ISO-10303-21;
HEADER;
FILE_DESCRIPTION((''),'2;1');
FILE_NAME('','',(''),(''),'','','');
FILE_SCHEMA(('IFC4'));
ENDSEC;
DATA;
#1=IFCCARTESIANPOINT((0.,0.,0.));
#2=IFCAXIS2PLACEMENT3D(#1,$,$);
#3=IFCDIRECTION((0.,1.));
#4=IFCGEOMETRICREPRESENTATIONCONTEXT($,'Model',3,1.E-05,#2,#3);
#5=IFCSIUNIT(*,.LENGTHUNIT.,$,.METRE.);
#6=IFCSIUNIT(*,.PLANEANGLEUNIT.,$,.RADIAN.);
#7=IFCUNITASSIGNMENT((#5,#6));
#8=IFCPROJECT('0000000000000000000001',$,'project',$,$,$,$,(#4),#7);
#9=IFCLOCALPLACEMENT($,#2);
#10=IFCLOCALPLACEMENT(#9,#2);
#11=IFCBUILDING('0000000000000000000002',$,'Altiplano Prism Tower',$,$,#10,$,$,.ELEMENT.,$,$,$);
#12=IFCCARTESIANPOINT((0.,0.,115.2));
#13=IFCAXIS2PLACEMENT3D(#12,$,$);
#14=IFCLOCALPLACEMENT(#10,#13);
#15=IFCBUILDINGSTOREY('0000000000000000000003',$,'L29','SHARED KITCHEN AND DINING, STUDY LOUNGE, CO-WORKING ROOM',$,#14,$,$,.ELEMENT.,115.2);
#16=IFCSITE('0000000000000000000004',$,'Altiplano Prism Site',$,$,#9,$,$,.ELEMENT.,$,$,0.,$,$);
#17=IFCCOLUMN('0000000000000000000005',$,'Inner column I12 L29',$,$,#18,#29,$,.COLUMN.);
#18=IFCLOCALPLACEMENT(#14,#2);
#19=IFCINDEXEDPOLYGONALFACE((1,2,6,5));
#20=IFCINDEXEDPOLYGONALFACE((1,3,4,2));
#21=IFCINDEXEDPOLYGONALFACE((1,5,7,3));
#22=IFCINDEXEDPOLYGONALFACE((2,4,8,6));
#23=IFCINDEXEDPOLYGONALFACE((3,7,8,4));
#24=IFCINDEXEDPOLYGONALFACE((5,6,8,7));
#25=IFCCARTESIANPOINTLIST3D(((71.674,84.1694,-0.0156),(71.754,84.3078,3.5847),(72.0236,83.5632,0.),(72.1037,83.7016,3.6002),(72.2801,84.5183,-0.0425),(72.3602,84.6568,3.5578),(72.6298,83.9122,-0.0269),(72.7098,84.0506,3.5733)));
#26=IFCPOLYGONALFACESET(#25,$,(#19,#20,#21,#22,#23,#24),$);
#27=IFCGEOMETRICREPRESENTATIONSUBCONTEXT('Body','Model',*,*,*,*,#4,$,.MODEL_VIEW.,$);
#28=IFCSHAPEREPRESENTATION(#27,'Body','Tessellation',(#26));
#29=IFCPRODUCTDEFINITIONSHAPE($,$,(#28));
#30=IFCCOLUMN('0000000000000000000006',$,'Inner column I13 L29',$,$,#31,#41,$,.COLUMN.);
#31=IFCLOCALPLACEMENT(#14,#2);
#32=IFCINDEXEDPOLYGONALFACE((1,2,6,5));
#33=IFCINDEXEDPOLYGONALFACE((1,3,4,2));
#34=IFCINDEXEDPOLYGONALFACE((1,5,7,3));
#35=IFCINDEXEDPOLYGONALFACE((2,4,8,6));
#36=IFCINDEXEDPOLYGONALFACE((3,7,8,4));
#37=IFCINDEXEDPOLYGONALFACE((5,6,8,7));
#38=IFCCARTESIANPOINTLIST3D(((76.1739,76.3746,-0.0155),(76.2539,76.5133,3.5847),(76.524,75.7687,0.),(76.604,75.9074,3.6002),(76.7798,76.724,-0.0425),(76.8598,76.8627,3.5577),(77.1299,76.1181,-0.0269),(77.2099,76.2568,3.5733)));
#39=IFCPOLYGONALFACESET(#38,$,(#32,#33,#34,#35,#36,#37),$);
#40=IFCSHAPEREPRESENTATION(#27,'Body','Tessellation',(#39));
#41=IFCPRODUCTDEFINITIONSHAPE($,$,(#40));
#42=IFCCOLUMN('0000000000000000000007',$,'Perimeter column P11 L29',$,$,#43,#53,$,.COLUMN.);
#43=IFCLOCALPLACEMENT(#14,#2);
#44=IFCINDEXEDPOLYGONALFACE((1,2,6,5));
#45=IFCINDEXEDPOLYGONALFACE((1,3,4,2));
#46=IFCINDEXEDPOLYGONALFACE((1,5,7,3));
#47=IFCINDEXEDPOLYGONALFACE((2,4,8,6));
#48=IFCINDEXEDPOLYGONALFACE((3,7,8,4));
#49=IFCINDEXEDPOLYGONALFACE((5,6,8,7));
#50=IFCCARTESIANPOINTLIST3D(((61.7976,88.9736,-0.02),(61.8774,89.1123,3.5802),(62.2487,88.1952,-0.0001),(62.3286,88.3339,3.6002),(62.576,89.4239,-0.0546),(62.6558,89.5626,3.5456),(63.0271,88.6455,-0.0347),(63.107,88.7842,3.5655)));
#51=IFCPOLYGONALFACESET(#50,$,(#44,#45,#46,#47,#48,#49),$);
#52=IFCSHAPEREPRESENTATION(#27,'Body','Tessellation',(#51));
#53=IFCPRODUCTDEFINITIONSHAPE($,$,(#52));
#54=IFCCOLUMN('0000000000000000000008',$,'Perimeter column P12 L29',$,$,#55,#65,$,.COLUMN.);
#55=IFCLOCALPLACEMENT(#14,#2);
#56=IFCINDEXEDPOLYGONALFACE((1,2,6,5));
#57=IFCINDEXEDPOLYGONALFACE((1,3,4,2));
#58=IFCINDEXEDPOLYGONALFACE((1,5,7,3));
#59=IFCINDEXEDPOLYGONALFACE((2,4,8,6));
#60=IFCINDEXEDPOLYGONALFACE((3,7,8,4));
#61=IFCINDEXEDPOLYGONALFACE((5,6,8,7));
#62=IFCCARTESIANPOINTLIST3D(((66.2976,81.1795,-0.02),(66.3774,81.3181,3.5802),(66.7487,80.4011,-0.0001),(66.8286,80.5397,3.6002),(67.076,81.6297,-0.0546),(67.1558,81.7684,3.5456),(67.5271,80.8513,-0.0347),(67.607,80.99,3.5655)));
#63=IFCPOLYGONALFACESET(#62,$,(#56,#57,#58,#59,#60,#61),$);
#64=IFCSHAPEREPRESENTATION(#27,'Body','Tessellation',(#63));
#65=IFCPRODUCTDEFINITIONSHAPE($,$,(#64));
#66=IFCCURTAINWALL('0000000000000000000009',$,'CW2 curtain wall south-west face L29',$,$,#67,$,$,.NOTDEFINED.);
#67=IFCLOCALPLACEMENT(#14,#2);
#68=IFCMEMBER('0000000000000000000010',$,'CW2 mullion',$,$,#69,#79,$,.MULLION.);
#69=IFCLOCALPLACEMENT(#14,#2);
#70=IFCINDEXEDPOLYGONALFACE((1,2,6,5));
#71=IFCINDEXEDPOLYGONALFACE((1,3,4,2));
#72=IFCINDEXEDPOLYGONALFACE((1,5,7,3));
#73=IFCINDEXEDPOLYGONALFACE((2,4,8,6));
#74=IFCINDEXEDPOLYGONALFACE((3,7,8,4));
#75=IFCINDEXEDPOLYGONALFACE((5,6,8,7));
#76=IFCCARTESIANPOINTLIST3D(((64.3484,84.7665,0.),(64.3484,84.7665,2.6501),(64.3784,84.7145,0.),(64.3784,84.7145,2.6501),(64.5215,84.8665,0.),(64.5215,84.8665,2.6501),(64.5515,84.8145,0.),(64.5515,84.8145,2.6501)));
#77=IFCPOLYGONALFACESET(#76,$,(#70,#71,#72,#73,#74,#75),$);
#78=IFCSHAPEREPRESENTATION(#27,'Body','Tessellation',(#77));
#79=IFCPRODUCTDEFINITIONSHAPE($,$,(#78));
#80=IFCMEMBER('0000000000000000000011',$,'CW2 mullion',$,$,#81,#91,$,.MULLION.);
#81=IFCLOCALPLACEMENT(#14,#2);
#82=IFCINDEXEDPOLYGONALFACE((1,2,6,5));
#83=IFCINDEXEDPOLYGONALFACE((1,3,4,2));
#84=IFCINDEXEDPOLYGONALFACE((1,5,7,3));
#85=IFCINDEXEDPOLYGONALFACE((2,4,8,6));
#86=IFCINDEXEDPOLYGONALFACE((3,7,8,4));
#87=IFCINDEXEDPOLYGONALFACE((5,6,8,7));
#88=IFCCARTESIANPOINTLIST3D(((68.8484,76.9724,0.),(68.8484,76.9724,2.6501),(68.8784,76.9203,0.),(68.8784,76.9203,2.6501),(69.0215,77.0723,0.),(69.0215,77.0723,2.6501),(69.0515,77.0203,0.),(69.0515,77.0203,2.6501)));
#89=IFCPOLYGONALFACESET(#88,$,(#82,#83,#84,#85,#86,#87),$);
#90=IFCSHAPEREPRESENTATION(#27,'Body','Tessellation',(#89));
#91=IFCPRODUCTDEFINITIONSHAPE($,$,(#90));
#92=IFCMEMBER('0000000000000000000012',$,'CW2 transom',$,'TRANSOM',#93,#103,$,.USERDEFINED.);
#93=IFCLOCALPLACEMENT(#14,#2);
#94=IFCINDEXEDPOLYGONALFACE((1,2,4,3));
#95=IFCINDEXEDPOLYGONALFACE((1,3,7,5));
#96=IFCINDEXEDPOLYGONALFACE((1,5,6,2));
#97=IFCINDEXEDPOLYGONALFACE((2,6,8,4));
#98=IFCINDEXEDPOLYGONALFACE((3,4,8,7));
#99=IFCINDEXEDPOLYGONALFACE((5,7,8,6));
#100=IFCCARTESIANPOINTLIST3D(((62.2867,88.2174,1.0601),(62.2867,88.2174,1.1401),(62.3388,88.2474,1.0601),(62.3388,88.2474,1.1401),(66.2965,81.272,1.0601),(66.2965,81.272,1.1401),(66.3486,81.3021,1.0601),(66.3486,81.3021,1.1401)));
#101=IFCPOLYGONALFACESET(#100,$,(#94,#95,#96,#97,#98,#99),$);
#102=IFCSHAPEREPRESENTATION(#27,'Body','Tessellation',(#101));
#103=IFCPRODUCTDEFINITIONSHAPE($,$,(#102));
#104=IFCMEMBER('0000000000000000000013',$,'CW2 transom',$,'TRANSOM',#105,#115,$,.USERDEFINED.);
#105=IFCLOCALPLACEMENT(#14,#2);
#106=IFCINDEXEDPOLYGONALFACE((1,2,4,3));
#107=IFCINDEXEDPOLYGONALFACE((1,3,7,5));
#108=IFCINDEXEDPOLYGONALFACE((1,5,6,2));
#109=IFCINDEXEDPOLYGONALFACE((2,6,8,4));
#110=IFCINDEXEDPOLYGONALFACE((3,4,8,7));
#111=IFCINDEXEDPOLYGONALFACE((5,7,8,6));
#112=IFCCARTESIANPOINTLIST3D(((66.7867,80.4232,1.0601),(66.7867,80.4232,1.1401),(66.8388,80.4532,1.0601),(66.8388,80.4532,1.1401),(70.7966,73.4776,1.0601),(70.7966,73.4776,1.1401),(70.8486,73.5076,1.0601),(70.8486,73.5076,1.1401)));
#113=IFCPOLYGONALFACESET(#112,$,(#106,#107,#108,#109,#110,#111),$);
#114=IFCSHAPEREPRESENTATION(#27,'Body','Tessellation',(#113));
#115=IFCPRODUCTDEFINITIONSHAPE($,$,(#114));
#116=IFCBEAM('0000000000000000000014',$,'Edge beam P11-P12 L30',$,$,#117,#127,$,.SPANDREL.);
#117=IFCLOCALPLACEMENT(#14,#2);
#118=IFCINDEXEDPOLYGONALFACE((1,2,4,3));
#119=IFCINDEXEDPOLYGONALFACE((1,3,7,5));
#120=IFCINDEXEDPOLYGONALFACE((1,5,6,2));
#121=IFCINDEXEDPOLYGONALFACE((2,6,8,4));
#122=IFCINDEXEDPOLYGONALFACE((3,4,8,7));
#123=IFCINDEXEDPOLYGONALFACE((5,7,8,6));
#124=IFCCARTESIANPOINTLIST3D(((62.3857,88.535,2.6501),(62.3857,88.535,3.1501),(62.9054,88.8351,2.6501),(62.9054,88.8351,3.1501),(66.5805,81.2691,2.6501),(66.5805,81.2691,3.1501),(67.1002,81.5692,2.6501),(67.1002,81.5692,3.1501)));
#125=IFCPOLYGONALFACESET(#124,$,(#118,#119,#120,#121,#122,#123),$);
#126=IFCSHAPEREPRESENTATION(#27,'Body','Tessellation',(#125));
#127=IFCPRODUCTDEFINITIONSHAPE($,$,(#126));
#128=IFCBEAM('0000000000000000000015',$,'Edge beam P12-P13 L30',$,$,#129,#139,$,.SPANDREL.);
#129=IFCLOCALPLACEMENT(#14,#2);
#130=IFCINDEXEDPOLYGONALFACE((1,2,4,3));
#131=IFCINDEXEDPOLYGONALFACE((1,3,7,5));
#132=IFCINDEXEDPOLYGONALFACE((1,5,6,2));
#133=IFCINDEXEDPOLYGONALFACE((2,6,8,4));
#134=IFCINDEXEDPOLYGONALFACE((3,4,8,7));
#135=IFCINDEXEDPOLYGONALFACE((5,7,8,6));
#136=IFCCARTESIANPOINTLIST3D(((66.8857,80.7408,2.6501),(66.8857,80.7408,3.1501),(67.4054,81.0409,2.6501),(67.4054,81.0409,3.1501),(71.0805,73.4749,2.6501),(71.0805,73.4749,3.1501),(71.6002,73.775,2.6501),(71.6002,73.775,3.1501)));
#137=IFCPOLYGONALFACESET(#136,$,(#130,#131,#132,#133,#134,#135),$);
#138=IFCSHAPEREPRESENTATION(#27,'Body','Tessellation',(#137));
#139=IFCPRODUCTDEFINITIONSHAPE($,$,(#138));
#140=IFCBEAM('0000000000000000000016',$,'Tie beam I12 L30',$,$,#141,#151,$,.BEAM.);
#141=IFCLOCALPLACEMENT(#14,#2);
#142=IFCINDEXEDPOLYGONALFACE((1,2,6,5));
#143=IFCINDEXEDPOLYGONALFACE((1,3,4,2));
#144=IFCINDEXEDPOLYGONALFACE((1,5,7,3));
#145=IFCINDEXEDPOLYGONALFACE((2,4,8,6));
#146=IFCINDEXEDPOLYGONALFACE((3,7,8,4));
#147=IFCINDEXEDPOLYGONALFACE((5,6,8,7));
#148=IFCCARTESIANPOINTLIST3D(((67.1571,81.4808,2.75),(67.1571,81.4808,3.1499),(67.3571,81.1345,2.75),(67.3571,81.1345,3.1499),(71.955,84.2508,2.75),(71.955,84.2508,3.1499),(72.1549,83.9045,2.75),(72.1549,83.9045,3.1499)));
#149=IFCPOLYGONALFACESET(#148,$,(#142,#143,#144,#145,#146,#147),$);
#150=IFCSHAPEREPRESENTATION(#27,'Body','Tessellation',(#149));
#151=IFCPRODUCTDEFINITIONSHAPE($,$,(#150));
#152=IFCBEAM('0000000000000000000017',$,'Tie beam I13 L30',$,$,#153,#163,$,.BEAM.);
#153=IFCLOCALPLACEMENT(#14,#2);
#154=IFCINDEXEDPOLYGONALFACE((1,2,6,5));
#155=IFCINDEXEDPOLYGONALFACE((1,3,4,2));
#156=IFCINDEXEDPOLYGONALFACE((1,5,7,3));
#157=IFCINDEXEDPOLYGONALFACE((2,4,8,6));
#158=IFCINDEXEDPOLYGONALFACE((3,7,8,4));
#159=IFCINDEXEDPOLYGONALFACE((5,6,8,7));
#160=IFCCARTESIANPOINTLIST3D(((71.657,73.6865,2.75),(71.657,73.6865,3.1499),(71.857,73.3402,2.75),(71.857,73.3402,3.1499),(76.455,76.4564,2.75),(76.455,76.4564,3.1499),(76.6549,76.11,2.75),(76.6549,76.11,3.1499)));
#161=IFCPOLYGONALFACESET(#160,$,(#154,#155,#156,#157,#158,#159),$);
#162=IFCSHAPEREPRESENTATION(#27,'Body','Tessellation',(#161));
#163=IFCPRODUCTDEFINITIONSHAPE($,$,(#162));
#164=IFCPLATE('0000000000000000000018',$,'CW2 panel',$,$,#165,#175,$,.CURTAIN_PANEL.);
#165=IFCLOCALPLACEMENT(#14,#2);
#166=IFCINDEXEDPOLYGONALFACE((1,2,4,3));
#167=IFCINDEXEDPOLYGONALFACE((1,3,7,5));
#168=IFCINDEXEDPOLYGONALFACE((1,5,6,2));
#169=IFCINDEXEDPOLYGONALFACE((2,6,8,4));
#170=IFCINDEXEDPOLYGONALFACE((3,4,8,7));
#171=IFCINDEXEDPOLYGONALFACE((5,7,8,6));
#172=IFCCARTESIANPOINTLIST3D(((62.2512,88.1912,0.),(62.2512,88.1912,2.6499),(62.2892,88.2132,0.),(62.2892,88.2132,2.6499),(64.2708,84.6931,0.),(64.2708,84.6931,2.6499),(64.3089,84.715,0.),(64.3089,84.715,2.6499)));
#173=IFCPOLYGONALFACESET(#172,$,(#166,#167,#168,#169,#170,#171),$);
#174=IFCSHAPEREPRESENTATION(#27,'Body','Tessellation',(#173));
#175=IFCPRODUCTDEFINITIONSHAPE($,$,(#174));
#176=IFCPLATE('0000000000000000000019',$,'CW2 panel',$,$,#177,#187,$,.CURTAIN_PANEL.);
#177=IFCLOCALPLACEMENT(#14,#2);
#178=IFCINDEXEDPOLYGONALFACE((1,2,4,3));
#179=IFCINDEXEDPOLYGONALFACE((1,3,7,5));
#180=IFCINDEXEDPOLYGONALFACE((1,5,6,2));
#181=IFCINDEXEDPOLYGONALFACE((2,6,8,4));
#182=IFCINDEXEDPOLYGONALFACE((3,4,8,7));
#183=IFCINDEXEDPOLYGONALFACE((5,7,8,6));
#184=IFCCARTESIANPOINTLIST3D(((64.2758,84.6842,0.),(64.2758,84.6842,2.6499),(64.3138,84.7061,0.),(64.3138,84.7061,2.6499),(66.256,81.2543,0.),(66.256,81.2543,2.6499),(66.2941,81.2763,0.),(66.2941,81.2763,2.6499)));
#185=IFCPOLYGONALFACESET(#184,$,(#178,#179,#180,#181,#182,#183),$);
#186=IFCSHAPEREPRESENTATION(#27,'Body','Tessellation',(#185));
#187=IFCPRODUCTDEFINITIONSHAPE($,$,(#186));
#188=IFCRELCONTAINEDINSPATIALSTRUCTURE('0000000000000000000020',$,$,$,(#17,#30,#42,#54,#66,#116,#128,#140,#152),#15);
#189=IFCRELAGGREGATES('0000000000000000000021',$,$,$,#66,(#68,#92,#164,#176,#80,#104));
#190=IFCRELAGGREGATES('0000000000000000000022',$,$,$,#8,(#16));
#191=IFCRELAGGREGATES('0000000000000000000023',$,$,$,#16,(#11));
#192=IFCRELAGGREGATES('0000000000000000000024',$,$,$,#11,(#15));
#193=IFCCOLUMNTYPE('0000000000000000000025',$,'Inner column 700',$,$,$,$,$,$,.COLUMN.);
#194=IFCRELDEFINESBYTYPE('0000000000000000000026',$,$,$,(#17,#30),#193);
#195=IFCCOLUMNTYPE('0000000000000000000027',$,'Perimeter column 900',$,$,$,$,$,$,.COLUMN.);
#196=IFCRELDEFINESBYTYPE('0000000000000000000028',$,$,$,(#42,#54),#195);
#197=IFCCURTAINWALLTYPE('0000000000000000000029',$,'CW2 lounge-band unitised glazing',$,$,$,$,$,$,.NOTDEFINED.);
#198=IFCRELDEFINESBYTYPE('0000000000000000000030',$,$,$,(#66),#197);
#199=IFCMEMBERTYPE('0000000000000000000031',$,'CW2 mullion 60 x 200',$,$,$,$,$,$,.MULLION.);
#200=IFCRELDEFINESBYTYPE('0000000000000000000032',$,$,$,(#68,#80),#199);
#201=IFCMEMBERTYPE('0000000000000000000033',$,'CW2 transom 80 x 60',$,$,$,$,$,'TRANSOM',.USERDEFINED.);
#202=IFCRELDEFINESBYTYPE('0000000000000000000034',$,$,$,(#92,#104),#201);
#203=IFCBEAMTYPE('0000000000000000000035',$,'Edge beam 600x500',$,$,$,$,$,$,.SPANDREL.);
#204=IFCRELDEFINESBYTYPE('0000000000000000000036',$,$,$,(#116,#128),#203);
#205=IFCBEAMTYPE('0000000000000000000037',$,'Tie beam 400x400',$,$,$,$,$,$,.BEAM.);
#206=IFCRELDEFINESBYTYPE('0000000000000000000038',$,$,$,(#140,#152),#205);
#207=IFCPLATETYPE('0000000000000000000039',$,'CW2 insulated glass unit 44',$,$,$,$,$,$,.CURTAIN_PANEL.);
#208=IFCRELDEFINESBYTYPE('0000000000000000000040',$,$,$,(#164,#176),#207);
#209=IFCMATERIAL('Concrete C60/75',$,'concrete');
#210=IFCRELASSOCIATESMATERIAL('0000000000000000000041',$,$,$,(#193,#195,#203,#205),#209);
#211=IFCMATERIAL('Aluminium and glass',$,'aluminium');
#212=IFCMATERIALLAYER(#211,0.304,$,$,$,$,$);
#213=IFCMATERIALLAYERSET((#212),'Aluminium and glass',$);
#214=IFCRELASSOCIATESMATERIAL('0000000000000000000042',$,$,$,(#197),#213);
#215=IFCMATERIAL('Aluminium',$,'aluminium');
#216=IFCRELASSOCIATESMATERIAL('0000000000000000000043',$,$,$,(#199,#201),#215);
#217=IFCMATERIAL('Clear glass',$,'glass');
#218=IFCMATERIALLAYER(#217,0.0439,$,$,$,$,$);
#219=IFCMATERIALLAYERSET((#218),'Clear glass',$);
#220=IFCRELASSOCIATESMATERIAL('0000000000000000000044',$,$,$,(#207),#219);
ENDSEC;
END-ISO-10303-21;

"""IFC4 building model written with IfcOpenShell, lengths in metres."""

from ifc_helpers import new_model, si_unit, direction, frame, origin, origin_2d, place, context, subcontext, project, spatial, rectangle, extrude, material, layer, layer_set, material_profile, profile_set, type_object, element, aggregate, save


model = new_model("IFC4")

# Units and contexts
model_context = context("Model", 3, precision=1e-05, world=origin(), true_north=direction((0.0, 1.0)))
body_context = subcontext(model_context, "Body", "Model", "MODEL_VIEW")
ifc_project = project(units=[si_unit("LENGTHUNIT", "METRE"), si_unit("PLANEANGLEUNIT", "RADIAN")], contexts=[model_context])

# Site, building, storey
site_placement = place(None, origin())
site = spatial("IfcSite", under=ifc_project, at=site_placement, Name="Altiplano Prism Site", CompositionType="ELEMENT", RefElevation=0.0)
building_placement = place(site_placement, origin())
building = spatial("IfcBuilding", under=site, at=building_placement, Name="Altiplano Prism Tower", CompositionType="ELEMENT")
storey_placement = place(building_placement, frame((0.0, 0.0, 115.2)))
storey = spatial("IfcBuildingStorey", under=building, at=storey_placement, Name="L29", Description="SHARED KITCHEN AND DINING, STUDY LOUNGE, CO-WORKING ROOM", CompositionType="ELEMENT", Elevation=115.2)

# Columns
ifc_material_1 = material(Name="Concrete C60/75", Category="concrete")
ifc_material_profile_1 = material_profile(ifc_material_1, rectangle(XDim=0.7, YDim=0.7, at=origin_2d()), Name="Inner column 700")
ifc_profile_set_1 = profile_set([ifc_material_profile_1], Name="Concrete C60/75")
column_type_1 = type_object("IfcColumnType", Name="Inner column 700", PredefinedType="COLUMN", material=ifc_profile_set_1)
for number, where, z_axis, x_axis, name in (
    (1, (72.1519, 84.0408, -0.0212), (0.022221, 0.038413, 0.999015), (-0.866024, -0.498523, 0.038432), "Inner column I12 L29"),
    (2, (76.6519, 76.2463, -0.0212), (0.022221, 0.038481, 0.999012), (-0.865639, -0.499187, 0.038483), "Inner column I13 L29"),
):
    element("IfcColumn", number, at=place(storey_placement, frame(where, z_axis=z_axis, x_axis=x_axis)), inside=storey, type_object=column_type_1, Name=name, PredefinedType="COLUMN", context=body_context, shape_type="SweptSolid", body=[
        extrude(rectangle(XDim=0.7, YDim=0.7, at=origin_2d()), origin(), (0.0, 0.0, 1.0), 3.6038),
    ])
ifc_material_profile_2 = material_profile(ifc_material_1, rectangle(XDim=0.8999, YDim=0.8999, at=origin_2d()), Name="Perimeter column 900")
ifc_profile_set_2 = profile_set([ifc_material_profile_2], Name="Concrete C60/75")
column_type_2 = type_object("IfcColumnType", Name="Perimeter column 900", PredefinedType="COLUMN", material=ifc_profile_set_2)
for number, where, z_axis, x_axis, name in (
    (3, (62.4124, 88.8096, -0.0273), (0.022154, 0.038481, 0.999014), (-0.864982, -0.500327, 0.038453), "Perimeter column P11 L29"),
    (4, (66.9124, 81.0154, -0.0273), (0.022154, 0.038481, 0.999014), (-0.864982, -0.500327, 0.038453), "Perimeter column P12 L29"),
):
    element("IfcColumn", number, at=place(storey_placement, frame(where, z_axis=z_axis, x_axis=x_axis)), inside=storey, type_object=column_type_2, Name=name, PredefinedType="COLUMN", context=body_context, shape_type="SweptSolid", body=[
        extrude(rectangle(XDim=0.8999, YDim=0.8999, at=origin_2d()), origin(), (0.0, 0.0, 1.0), 3.6038),
    ])

# Curtain wall, members
ifc_material_2 = material(Name="Aluminium and glass", Category="aluminium")
ifc_layer_1 = layer(ifc_material_2, 0.304)
ifc_layer_set_1 = layer_set([ifc_layer_1], Name="Aluminium and glass")
curtain_wall_type = type_object("IfcCurtainWallType", Name="CW2 lounge-band unitised glazing", PredefinedType="NOTDEFINED", material=ifc_layer_set_1)
curtain_wall_placement = place(storey_placement, origin())
curtain_wall = element("IfcCurtainWall", 5, at=curtain_wall_placement, inside=storey, type_object=curtain_wall_type, Name="CW2 curtain wall south-west face L29", PredefinedType="NOTDEFINED")
ifc_material_3 = material(Name="Aluminium", Category="aluminium")
ifc_material_profile_3 = material_profile(ifc_material_3, rectangle(XDim=0.2, YDim=0.0601, at=origin_2d()), Name="CW2 mullion 60 x 200")
ifc_profile_set_3 = profile_set([ifc_material_profile_3], Name="Aluminium")
member_type_1 = type_object("IfcMemberType", Name="CW2 mullion 60 x 200", PredefinedType="MULLION", material=ifc_profile_set_3)
member_1_placement = place(storey_placement, frame((64.45, 84.7905, 0.0), z_axis=(0.0, 0.0, 1.0), x_axis=(0.866025, 0.5, 0.0)))
member_1 = element("IfcMember", 6, at=member_1_placement, type_object=member_type_1, Name="CW2 mullion", PredefinedType="MULLION", context=body_context, shape_type="SweptSolid", body=[
    extrude(rectangle(XDim=0.2, YDim=0.0601, at=origin_2d()), origin(), (0.0, 0.0, 1.0), 2.6501),
])
member_2_placement = place(storey_placement, frame((68.95, 76.9963, 0.0), z_axis=(0.0, 0.0, 1.0), x_axis=(0.866025, 0.5, 0.0)))
member_2 = element("IfcMember", 7, at=member_2_placement, type_object=member_type_1, Name="CW2 mullion", PredefinedType="MULLION", context=body_context, shape_type="SweptSolid", body=[
    extrude(rectangle(XDim=0.2, YDim=0.0601, at=origin_2d()), origin(), (0.0, 0.0, 1.0), 2.6501),
])
ifc_material_profile_4 = material_profile(ifc_material_3, rectangle(XDim=0.0601, YDim=0.0801, at=origin_2d()), Name="CW2 transom 80 x 60")
ifc_profile_set_4 = profile_set([ifc_material_profile_4], Name="Aluminium")
member_type_2 = type_object("IfcMemberType", Name="CW2 transom 80 x 60", ElementType="TRANSOM", PredefinedType="USERDEFINED", material=ifc_profile_set_4)
member_3_placement = place(storey_placement, frame((62.3127, 88.2324, 1.1001), z_axis=(0.499989, -0.866031, 0.0), x_axis=(0.866031, 0.499989, 0.0)))
member_3 = element("IfcMember", 8, at=member_3_placement, type_object=member_type_2, Name="CW2 transom", ObjectType="TRANSOM", PredefinedType="USERDEFINED", context=body_context, shape_type="SweptSolid", body=[
    extrude(rectangle(XDim=0.0601, YDim=0.0801, at=origin_2d()), origin(), (0.0, 0.0, 1.0), 8.0198),
])
member_4_placement = place(storey_placement, frame((66.8127, 80.4382, 1.1001), z_axis=(0.499976, -0.866039, 0.0), x_axis=(0.866039, 0.499976, 0.0)))
member_4 = element("IfcMember", 9, at=member_4_placement, type_object=member_type_2, Name="CW2 transom", ObjectType="TRANSOM", PredefinedType="USERDEFINED", context=body_context, shape_type="SweptSolid", body=[
    extrude(rectangle(XDim=0.0601, YDim=0.0801, at=origin_2d()), origin(), (0.0, 0.0, 1.0), 8.02),
])

# Beams
ifc_material_profile_5 = material_profile(ifc_material_1, rectangle(XDim=0.6001, YDim=0.5, at=origin_2d()), Name="Edge beam 600x500")
ifc_profile_set_5 = profile_set([ifc_material_profile_5], Name="Concrete C60/75")
beam_type_1 = type_object("IfcBeamType", Name="Edge beam 600x500", PredefinedType="SPANDREL", material=ifc_profile_set_5)
for number, where, z_axis, x_axis, name in (
    (10, (62.6455, 88.6851, 2.9001), (0.499989, -0.866032, 0.0), (0.866032, 0.499989, 0.0), "Edge beam P11-P12 L30"),
    (11, (67.1455, 80.8909, 2.9001), (0.499989, -0.866032, 0.0), (0.866032, 0.499989, 0.0), "Edge beam P12-P13 L30"),
):
    element("IfcBeam", number, at=place(storey_placement, frame(where, z_axis=z_axis, x_axis=x_axis)), inside=storey, type_object=beam_type_1, Name=name, PredefinedType="SPANDREL", context=body_context, shape_type="SweptSolid", body=[
        extrude(rectangle(XDim=0.6001, YDim=0.5, at=origin_2d()), origin(), (0.0, 0.0, 1.0), 8.3899),
    ])
ifc_material_profile_6 = material_profile(ifc_material_1, rectangle(XDim=0.3999, YDim=0.3999, at=origin_2d()), Name="Tie beam 400x400")
ifc_profile_set_6 = profile_set([ifc_material_profile_6], Name="Concrete C60/75")
beam_type_2 = type_object("IfcBeamType", Name="Tie beam 400x400", PredefinedType="BEAM", material=ifc_profile_set_6)
for number, where, z_axis, x_axis, name in (
    (12, (72.0549, 84.0776, 2.95), (-0.866027, -0.499997, 0.0), (0.499997, -0.866027, 0.0), "Tie beam I12 L30"),
    (13, (76.5549, 76.2832, 2.95), (-0.866046, -0.499964, 0.0), (0.499964, -0.866046, 0.0), "Tie beam I13 L30"),
):
    element("IfcBeam", number, at=place(storey_placement, frame(where, z_axis=z_axis, x_axis=x_axis)), inside=storey, type_object=beam_type_2, Name=name, PredefinedType="BEAM", context=body_context, shape_type="SweptSolid", body=[
        extrude(rectangle(XDim=0.3999, YDim=0.3999, at=origin_2d()), origin(), (0.0, 0.0, 1.0), 5.54),
    ])

# Plates
ifc_material_4 = material(Name="Clear glass", Category="glass")
ifc_layer_2 = layer(ifc_material_4, 0.0439)
ifc_layer_set_2 = layer_set([ifc_layer_2], Name="Clear glass")
plate_type = type_object("IfcPlateType", Name="CW2 insulated glass unit 44", PredefinedType="CURTAIN_PANEL", material=ifc_layer_set_2)
plate_1_placement = place(storey_placement, frame((63.28, 86.4531, 0.0), z_axis=(0.0, 0.0, 1.0), x_axis=(0.5, -0.866025, 0.0)))
plate_1 = element("IfcPlate", 14, at=plate_1_placement, type_object=plate_type, Name="CW2 panel", PredefinedType="CURTAIN_PANEL", context=body_context, shape_type="SweptSolid", body=[
    extrude(rectangle(XDim=4.0393, YDim=0.0439, at=origin_2d()), origin(), (0.0, 0.0, 1.0), 2.6499),
])
plate_2_placement = place(storey_placement, frame((65.2849, 82.9802, 0.0), z_axis=(0.0, 0.0, 1.0), x_axis=(0.5, -0.866025, 0.0)))
plate_2 = element("IfcPlate", 15, at=plate_2_placement, type_object=plate_type, Name="CW2 panel", PredefinedType="CURTAIN_PANEL", context=body_context, shape_type="SweptSolid", body=[
    extrude(rectangle(XDim=3.9604, YDim=0.0439, at=origin_2d()), origin(), (0.0, 0.0, 1.0), 2.6499),
])
aggregate(curtain_wall, [member_1, member_3, plate_1, plate_2, member_2, member_4])

save(model, "model.ifc")
